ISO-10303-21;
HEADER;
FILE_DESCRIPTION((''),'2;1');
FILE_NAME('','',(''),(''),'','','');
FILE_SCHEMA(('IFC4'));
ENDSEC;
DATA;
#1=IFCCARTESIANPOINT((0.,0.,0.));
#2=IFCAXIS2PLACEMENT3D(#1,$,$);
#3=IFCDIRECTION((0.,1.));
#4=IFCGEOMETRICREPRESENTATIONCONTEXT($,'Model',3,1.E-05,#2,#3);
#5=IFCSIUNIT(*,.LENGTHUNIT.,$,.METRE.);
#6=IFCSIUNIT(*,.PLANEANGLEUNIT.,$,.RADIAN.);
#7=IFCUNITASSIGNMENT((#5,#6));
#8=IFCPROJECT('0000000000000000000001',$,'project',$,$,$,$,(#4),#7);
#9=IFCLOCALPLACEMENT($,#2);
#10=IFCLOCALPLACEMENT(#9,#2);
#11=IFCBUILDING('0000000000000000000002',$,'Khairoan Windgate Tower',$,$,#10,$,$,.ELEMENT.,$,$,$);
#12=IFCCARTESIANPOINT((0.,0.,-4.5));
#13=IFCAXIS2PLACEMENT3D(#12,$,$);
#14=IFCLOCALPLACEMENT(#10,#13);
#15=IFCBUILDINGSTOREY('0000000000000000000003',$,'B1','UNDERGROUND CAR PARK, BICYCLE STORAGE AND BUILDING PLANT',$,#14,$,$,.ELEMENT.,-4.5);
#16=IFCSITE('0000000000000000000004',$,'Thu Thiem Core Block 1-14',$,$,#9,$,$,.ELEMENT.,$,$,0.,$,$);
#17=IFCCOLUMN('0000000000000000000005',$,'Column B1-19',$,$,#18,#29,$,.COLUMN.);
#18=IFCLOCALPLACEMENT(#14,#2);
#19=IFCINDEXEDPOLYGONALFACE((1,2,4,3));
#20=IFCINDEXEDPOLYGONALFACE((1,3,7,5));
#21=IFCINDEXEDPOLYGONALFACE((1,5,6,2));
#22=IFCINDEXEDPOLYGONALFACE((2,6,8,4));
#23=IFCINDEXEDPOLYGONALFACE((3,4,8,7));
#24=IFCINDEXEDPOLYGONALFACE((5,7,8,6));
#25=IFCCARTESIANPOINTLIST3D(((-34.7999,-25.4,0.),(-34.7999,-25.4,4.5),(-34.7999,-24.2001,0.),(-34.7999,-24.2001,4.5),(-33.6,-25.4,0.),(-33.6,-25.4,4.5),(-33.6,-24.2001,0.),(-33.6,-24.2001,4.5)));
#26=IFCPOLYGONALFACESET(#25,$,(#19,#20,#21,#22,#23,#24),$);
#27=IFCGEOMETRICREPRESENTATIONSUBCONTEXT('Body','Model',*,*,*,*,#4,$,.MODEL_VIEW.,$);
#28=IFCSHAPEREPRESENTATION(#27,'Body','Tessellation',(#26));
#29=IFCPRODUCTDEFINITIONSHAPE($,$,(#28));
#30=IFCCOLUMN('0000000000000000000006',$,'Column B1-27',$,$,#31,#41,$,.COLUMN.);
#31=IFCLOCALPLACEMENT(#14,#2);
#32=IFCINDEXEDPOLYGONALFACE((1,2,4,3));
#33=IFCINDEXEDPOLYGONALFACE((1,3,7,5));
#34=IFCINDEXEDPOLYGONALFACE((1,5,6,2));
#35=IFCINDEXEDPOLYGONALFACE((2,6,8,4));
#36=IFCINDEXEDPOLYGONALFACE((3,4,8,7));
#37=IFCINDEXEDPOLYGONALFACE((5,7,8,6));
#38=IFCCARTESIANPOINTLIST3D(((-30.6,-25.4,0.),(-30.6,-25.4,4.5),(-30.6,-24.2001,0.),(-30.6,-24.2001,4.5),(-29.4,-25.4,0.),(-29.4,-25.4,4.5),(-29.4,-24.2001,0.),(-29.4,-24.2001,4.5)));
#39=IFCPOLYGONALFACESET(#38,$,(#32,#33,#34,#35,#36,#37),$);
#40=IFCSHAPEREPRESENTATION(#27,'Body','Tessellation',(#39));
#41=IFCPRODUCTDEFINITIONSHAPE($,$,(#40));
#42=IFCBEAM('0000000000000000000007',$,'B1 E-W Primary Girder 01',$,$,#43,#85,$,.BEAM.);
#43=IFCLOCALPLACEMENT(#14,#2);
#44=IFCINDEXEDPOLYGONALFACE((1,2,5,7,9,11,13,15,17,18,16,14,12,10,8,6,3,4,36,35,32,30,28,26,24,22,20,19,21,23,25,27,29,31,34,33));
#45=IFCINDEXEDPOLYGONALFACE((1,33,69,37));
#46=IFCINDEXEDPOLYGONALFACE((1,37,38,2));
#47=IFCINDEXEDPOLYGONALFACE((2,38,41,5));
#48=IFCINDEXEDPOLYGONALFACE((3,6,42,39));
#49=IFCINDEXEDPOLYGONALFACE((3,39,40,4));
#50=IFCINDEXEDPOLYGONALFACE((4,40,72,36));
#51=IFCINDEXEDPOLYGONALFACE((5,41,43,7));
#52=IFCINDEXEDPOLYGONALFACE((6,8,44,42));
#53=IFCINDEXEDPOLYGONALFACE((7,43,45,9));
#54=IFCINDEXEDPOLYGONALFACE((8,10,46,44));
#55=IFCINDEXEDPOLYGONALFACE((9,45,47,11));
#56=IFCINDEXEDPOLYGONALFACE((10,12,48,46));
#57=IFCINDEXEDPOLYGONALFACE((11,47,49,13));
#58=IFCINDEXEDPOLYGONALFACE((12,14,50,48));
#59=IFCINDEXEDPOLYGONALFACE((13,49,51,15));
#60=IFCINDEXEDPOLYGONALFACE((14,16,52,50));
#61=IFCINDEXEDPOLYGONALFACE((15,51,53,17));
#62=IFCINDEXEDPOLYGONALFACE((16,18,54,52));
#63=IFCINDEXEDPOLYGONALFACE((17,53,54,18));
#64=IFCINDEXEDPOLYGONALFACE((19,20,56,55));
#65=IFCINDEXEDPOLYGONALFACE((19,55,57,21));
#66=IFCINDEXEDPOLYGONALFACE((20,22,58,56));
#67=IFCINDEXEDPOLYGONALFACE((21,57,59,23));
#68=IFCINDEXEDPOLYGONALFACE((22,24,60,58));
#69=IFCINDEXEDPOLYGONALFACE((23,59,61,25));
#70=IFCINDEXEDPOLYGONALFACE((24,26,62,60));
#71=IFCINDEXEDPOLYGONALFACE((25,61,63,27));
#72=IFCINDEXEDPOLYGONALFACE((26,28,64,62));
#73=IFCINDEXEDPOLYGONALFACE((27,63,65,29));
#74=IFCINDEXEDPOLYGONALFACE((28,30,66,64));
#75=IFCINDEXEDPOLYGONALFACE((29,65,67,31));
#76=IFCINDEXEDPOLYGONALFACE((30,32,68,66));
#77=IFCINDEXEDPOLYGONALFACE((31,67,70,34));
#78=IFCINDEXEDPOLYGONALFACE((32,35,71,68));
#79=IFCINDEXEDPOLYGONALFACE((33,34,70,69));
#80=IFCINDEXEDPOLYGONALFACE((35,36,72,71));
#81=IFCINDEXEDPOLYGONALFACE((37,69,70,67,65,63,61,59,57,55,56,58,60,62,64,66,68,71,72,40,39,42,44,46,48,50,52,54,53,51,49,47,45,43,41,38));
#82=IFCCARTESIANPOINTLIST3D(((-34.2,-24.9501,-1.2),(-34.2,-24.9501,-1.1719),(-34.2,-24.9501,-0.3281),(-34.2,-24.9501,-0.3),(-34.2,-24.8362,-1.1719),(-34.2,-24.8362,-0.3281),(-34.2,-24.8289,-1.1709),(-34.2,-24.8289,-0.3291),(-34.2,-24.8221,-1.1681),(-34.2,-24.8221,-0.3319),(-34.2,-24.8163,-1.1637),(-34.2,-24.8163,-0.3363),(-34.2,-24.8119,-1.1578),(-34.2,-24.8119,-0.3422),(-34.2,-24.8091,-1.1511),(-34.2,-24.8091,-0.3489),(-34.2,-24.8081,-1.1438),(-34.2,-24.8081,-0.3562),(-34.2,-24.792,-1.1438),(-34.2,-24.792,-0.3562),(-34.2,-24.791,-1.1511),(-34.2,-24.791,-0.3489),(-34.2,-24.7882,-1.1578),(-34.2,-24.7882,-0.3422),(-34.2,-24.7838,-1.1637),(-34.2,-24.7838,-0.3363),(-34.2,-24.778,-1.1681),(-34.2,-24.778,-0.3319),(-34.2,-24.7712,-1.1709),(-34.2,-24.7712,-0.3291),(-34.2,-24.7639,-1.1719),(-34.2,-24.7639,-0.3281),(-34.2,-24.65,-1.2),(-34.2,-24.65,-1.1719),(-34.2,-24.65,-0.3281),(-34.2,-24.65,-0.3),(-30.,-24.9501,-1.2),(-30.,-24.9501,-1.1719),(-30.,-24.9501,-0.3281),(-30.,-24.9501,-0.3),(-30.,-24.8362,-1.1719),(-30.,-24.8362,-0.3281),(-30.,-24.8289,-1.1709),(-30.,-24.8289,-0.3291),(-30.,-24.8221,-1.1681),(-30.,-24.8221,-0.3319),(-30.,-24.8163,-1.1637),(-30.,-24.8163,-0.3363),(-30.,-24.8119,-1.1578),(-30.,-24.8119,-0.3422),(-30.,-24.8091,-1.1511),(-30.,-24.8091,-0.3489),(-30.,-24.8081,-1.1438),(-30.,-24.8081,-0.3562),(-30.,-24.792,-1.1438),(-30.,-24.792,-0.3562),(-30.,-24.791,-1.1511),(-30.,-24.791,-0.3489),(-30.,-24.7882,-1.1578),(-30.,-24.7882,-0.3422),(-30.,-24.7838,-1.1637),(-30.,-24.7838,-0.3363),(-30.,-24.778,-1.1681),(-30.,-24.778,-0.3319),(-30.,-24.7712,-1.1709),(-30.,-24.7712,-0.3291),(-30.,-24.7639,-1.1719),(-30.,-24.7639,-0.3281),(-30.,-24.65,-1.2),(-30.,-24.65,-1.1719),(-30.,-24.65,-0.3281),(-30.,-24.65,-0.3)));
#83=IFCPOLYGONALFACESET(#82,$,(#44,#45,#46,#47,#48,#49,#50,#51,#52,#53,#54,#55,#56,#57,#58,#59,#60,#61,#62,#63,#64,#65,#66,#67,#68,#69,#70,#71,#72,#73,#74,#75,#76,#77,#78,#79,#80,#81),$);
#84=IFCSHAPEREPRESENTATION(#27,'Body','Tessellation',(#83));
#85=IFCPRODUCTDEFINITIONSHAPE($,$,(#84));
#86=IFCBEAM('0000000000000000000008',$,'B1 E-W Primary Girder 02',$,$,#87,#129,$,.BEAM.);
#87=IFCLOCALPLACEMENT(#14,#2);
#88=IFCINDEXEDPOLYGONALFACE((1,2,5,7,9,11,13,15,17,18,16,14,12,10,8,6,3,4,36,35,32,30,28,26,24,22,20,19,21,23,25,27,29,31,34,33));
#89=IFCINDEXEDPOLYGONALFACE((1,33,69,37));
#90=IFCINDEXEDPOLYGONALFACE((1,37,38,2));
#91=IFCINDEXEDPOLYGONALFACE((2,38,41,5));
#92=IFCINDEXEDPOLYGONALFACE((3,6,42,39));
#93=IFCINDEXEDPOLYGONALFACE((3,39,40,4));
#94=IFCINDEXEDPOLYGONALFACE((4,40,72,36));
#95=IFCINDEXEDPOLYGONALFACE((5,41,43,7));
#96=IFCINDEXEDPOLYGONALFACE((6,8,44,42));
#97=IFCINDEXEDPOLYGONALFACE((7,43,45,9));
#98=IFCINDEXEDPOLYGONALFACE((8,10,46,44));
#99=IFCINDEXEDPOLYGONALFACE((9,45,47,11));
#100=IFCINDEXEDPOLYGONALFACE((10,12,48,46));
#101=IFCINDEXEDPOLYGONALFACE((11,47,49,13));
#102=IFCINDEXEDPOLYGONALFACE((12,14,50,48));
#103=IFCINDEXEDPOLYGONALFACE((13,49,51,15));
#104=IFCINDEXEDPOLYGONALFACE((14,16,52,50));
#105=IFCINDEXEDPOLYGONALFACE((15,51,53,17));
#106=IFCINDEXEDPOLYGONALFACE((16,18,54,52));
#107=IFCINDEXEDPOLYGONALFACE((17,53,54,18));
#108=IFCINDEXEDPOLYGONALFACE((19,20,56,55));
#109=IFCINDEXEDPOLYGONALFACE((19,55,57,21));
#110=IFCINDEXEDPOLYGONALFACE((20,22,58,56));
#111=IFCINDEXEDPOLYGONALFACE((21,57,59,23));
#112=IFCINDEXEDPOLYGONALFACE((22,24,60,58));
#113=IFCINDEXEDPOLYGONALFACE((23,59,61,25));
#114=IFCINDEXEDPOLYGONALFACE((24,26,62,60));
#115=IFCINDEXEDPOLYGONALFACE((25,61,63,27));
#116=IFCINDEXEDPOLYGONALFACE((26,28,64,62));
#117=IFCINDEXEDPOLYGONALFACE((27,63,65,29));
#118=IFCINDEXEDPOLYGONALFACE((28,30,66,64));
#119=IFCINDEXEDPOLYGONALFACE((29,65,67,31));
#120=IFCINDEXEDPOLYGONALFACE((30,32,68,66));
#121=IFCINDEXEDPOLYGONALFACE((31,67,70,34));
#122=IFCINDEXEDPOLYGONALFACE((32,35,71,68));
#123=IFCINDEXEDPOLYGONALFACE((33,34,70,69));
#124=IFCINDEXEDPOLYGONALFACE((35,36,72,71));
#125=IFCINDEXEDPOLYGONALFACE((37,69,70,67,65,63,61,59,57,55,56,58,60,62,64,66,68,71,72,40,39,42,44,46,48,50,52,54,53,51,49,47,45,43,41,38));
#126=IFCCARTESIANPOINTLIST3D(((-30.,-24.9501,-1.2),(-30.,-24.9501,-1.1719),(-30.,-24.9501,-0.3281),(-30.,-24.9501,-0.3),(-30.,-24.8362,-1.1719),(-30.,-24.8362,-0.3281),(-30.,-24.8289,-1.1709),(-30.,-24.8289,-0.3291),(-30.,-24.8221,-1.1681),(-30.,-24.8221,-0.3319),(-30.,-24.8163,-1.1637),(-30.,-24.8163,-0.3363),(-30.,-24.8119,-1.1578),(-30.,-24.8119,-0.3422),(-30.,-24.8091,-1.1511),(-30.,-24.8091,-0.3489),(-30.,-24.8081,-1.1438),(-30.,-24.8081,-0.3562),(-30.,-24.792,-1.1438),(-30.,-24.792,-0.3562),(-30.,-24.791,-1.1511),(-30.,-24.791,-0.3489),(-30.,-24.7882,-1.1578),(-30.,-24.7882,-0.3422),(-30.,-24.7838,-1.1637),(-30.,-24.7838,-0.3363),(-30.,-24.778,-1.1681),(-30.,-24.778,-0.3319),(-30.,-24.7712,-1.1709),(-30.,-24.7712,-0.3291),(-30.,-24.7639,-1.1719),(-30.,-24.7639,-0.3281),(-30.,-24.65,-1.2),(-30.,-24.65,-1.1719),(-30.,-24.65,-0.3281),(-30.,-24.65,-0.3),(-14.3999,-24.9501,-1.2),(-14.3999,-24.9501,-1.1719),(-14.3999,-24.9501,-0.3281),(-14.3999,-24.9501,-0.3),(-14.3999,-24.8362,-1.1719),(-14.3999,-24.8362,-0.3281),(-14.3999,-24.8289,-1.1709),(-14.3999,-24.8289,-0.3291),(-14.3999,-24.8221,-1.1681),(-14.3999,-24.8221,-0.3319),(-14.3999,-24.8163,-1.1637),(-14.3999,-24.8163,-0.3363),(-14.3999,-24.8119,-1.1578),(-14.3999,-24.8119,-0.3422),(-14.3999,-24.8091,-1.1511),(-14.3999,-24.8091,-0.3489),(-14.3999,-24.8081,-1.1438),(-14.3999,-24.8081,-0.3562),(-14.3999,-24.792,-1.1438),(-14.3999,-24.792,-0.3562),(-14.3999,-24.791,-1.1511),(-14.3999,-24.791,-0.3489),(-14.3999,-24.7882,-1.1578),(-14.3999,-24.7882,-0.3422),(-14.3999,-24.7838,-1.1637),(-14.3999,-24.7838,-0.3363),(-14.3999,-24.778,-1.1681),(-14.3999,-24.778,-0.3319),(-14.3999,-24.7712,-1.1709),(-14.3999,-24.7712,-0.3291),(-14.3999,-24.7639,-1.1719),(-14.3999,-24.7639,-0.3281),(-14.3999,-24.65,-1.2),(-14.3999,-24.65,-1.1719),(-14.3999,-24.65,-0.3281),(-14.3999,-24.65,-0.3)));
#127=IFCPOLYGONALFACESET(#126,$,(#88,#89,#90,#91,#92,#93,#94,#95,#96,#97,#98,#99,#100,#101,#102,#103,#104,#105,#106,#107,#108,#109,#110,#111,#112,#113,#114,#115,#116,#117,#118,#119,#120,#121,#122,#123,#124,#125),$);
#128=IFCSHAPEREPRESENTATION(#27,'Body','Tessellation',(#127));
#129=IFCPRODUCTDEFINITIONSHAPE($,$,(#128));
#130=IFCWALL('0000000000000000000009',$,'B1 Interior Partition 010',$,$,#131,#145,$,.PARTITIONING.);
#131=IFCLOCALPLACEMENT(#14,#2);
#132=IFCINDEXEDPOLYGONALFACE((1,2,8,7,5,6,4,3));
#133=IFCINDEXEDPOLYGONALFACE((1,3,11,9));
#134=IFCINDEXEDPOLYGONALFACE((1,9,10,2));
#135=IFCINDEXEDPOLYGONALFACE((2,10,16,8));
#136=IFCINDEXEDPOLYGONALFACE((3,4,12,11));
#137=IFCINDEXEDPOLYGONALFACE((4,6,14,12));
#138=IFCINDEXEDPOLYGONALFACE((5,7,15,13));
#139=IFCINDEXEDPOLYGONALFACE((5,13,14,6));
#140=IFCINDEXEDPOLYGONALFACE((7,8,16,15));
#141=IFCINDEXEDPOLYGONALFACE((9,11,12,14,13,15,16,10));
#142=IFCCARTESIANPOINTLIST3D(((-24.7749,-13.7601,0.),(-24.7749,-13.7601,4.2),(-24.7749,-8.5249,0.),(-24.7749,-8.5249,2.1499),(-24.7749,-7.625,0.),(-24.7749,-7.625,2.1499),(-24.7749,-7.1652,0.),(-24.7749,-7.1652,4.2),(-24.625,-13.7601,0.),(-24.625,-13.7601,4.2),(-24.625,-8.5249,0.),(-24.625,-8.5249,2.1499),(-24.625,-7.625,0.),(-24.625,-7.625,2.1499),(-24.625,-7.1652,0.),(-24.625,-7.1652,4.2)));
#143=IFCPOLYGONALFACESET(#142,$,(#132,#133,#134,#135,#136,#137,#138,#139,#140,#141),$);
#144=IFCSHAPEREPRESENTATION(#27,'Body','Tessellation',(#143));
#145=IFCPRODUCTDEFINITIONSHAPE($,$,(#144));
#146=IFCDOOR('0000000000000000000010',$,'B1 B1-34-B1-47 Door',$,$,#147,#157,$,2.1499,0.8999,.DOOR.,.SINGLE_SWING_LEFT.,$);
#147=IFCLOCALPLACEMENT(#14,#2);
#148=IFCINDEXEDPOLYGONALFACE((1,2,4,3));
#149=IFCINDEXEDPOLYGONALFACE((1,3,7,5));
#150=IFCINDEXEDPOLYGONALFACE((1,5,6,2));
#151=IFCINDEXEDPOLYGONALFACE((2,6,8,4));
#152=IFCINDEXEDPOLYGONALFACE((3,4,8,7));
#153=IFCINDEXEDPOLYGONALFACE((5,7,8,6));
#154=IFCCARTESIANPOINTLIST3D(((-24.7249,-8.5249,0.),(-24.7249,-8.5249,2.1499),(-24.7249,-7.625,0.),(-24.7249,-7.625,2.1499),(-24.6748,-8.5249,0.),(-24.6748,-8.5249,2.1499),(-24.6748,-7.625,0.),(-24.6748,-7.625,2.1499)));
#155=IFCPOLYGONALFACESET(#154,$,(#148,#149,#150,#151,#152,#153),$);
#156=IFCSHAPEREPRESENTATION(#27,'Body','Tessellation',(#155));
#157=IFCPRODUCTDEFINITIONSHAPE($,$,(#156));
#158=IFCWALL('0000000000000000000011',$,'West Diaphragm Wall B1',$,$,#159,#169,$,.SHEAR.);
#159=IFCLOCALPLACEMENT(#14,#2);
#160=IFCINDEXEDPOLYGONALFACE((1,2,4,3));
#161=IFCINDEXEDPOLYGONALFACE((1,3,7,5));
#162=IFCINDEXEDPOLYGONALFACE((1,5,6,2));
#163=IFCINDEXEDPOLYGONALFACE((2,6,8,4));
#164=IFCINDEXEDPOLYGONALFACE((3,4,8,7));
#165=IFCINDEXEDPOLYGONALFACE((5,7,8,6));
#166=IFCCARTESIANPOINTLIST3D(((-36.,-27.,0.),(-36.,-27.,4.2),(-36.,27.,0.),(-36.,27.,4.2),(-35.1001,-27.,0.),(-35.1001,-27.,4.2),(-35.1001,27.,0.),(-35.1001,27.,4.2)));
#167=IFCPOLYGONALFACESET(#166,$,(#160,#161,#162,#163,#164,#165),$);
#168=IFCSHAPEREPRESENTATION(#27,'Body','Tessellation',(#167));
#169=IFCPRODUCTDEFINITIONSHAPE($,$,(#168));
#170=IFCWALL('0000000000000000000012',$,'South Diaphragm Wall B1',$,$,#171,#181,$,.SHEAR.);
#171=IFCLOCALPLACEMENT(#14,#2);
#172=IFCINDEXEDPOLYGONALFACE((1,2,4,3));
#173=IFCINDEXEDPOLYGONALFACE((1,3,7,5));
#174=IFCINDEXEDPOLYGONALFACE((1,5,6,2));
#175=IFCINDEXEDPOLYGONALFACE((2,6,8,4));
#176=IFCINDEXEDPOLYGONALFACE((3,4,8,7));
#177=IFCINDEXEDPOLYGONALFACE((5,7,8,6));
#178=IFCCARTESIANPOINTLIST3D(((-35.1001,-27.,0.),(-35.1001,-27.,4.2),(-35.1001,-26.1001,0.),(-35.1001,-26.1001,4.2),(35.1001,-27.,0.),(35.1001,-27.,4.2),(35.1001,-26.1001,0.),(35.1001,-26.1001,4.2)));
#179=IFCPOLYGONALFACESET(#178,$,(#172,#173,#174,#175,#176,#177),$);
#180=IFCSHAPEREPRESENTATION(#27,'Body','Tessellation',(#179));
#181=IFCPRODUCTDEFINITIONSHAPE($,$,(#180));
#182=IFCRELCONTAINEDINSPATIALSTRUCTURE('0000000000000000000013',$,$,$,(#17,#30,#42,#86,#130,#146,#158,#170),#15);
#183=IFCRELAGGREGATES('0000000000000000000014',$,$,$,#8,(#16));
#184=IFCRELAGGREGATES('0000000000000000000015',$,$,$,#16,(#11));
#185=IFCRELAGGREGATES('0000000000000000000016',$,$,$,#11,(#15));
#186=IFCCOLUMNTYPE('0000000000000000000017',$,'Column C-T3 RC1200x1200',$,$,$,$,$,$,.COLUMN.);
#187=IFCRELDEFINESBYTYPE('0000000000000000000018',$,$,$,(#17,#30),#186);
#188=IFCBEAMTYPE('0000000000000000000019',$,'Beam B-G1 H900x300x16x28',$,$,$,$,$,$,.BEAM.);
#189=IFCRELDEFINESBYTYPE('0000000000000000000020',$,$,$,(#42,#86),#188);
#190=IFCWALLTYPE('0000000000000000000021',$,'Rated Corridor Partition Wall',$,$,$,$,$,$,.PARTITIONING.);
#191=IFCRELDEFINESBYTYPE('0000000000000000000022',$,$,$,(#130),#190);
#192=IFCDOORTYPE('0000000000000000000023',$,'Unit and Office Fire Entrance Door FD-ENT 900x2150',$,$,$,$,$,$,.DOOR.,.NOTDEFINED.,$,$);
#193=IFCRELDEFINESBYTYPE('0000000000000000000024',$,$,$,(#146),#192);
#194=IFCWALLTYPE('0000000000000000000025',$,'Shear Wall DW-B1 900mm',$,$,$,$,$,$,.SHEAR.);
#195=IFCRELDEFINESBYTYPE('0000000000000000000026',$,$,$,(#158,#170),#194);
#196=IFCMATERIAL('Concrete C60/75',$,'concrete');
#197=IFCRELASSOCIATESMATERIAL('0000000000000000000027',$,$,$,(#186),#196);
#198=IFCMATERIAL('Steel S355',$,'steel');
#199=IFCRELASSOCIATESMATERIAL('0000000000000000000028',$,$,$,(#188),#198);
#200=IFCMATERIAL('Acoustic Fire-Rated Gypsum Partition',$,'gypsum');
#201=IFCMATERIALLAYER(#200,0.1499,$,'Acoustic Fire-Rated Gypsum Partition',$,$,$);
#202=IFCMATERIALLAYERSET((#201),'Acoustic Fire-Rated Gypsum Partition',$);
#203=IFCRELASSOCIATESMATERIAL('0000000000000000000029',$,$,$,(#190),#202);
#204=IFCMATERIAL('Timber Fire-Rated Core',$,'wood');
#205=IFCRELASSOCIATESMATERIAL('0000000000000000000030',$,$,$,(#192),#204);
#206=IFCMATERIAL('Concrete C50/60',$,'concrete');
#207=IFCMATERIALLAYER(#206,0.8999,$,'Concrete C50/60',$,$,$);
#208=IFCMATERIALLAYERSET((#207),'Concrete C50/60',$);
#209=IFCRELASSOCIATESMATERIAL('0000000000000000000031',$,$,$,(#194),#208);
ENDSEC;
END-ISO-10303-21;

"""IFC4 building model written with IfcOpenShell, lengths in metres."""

from ifc_helpers import new_model, si_unit, direction, frame, frame_2d, origin, origin_2d, place, context, subcontext, project, spatial, rectangle, i_section, extrude, material, layer, layer_set, material_profile, profile_set, type_object, element, fill, save


model = new_model("IFC4")

# Units and contexts
model_context = context("Model", 3, precision=1e-05, world=origin(), true_north=direction((0.0, 1.0)))
body_context = subcontext(model_context, "Body", "Model", "MODEL_VIEW")
ifc_project = project(units=[si_unit("LENGTHUNIT", "METRE"), si_unit("PLANEANGLEUNIT", "RADIAN")], contexts=[model_context])

# Site, building, storey
site_placement = place(None, origin())
site = spatial("IfcSite", under=ifc_project, at=site_placement, Name="Thu Thiem Core Block 1-14", CompositionType="ELEMENT", RefElevation=0.0)
building_placement = place(site_placement, origin())
building = spatial("IfcBuilding", under=site, at=building_placement, Name="Khairoan Windgate Tower", CompositionType="ELEMENT")
storey_placement = place(building_placement, frame((0.0, 0.0, -4.5)))
storey = spatial("IfcBuildingStorey", under=building, at=storey_placement, Name="B1", Description="UNDERGROUND CAR PARK, BICYCLE STORAGE AND BUILDING PLANT", CompositionType="ELEMENT", Elevation=-4.5)

# Columns
ifc_material_1 = material(Name="Concrete C60/75", Category="concrete")
ifc_material_profile_1 = material_profile(ifc_material_1, rectangle(XDim=1.2, YDim=1.2, at=origin_2d()))
ifc_profile_set_1 = profile_set([ifc_material_profile_1], Name="Concrete C60/75")
column_type = type_object("IfcColumnType", Name="Column C-T3 RC1200x1200", PredefinedType="COLUMN", material=ifc_profile_set_1)
for number, where, z_axis, x_axis, name in (
    (1, (-34.2, -24.8, 0.0), (0.0, 0.0, 1.0), (1.0, 0.0, 0.0), "Column B1-19"),
    (2, (-30.0, -24.8, 0.0), (0.0, 0.0, 1.0), (1.0, 0.0, 0.0), "Column B1-27"),
):
    element("IfcColumn", number, at=place(storey_placement, frame(where, z_axis=z_axis, x_axis=x_axis)), inside=storey, type_object=column_type, Name=name, PredefinedType="COLUMN", context=body_context, shape_type="SweptSolid", body=[
        extrude(rectangle(XDim=1.2, YDim=1.2, at=origin_2d()), origin(), (0.0, 0.0, 1.0), 4.5),
    ])

# Beams
ifc_material_2 = material(Name="Steel S355", Category="steel")
ifc_material_profile_2 = material_profile(ifc_material_2, i_section(OverallWidth=0.3, OverallDepth=0.8999, WebThickness=0.0161, FlangeThickness=0.0281, FilletRadius=0.0281, at=origin_2d()))
ifc_profile_set_2 = profile_set([ifc_material_profile_2], Name="Steel S355")
beam_type = type_object("IfcBeamType", Name="Beam B-G1 H900x300x16x28", PredefinedType="BEAM", material=ifc_profile_set_2)
beam_1_placement = place(storey_placement, frame((-34.2, -24.8, -0.75), z_axis=(1.0, 0.0, 0.0), x_axis=(0.0, 1.0, 0.0)))
element("IfcBeam", 3, at=beam_1_placement, inside=storey, type_object=beam_type, Name="B1 E-W Primary Girder 01", PredefinedType="BEAM", context=body_context, shape_type="SweptSolid", body=[
    extrude(i_section(OverallWidth=0.3, OverallDepth=0.8999, WebThickness=0.0161, FlangeThickness=0.0281, FilletRadius=0.0281, at=origin_2d()), origin(), (0.0, 0.0, 1.0), 4.2),
])
beam_2_placement = place(storey_placement, frame((-30.0, -24.8, -0.75), z_axis=(1.0, 0.0, 0.0), x_axis=(0.0, 1.0, 0.0)))
element("IfcBeam", 4, at=beam_2_placement, inside=storey, type_object=beam_type, Name="B1 E-W Primary Girder 02", PredefinedType="BEAM", context=body_context, shape_type="SweptSolid", body=[
    extrude(i_section(OverallWidth=0.3, OverallDepth=0.8999, WebThickness=0.0161, FlangeThickness=0.0281, FilletRadius=0.0281, at=origin_2d()), origin(), (0.0, 0.0, 1.0), 15.6001),
])

# Wall, opening, door
ifc_material_3 = material(Name="Acoustic Fire-Rated Gypsum Partition", Category="gypsum")
ifc_layer_1 = layer(ifc_material_3, 0.1499, Name="Acoustic Fire-Rated Gypsum Partition")
ifc_layer_set_1 = layer_set([ifc_layer_1], Name="Acoustic Fire-Rated Gypsum Partition")
wall_type_1 = type_object("IfcWallType", Name="Rated Corridor Partition Wall", PredefinedType="PARTITIONING", material=ifc_layer_set_1)
wall_1_placement = place(storey_placement, frame((-24.7, -13.76, 0.0), z_axis=(0.0, 0.0, 1.0), x_axis=(0.0, 1.0, 0.0)))
wall_1 = element("IfcWall", 5, at=wall_1_placement, inside=storey, type_object=wall_type_1, Name="B1 Interior Partition 010", PredefinedType="PARTITIONING", context=body_context, shape_type="SweptSolid", body=[
    extrude(rectangle(XDim=6.595, YDim=0.1499, at=frame_2d((3.2974, 0.0))), origin(), (0.0, 0.0, 1.0), 4.2),
])
opening_placement = place(wall_1_placement, frame((5.2351, 0.0, 0.0)))
opening = element("IfcOpeningElement", 6, at=opening_placement, cuts=wall_1, PredefinedType="OPENING", context=body_context, shape_type="SweptSolid", body=[
    extrude(rectangle(XDim=0.8999, YDim=2.1499, at=frame_2d((0.45, 1.075))), frame((0.0, 0.085, 0.0), z_axis=(0.0, -1.0, 0.0), x_axis=(1.0, 0.0, 0.0)), (0.0, 0.0, 1.0), 0.1699),
])
ifc_material_4 = material(Name="Timber Fire-Rated Core", Category="wood")
door_type = type_object("IfcDoorType", Name="Unit and Office Fire Entrance Door FD-ENT 900x2150", OperationType="NOTDEFINED", PredefinedType="DOOR", material=ifc_material_4)
door_placement = place(opening_placement, origin())
door = element("IfcDoor", 7, at=door_placement, inside=storey, type_object=door_type, Name="B1 B1-34-B1-47 Door", OperationType="SINGLE_SWING_LEFT", OverallHeight=2.1499, OverallWidth=0.8999, PredefinedType="DOOR", context=body_context, shape_type="SweptSolid", body=[
    extrude(rectangle(XDim=0.8999, YDim=2.1499, at=frame_2d((0.45, 1.075))), frame((0.0, 0.0249, 0.0), z_axis=(0.0, -1.0, 0.0), x_axis=(1.0, 0.0, 0.0)), (0.0, 0.0, 1.0), 0.05),
])
fill(opening, door)

# Walls
ifc_material_5 = material(Name="Concrete C50/60", Category="concrete")
ifc_layer_2 = layer(ifc_material_5, 0.8999, Name="Concrete C50/60")
ifc_layer_set_2 = layer_set([ifc_layer_2], Name="Concrete C50/60")
wall_type_2 = type_object("IfcWallType", Name="Shear Wall DW-B1 900mm", PredefinedType="SHEAR", material=ifc_layer_set_2)
wall_2_placement = place(storey_placement, frame((-35.55, -27.0, 0.0), z_axis=(0.0, 0.0, 1.0), x_axis=(0.0, 1.0, 0.0)))
element("IfcWall", 8, at=wall_2_placement, inside=storey, type_object=wall_type_2, Name="West Diaphragm Wall B1", PredefinedType="SHEAR", context=body_context, shape_type="SweptSolid", body=[
    extrude(rectangle(XDim=54.0, YDim=0.8999, at=frame_2d((27.0, 0.0))), origin(), (0.0, 0.0, 1.0), 4.2),
])
wall_3_placement = place(storey_placement, frame((-35.1001, -26.55, 0.0), z_axis=(0.0, 0.0, 1.0), x_axis=(1.0, 0.0, 0.0)))
element("IfcWall", 9, at=wall_3_placement, inside=storey, type_object=wall_type_2, Name="South Diaphragm Wall B1", PredefinedType="SHEAR", context=body_context, shape_type="SweptSolid", body=[
    extrude(rectangle(XDim=70.2002, YDim=0.8999, at=frame_2d((35.1001, 0.0))), origin(), (0.0, 0.0, 1.0), 4.2),
])

save(model, "model.ifc")
